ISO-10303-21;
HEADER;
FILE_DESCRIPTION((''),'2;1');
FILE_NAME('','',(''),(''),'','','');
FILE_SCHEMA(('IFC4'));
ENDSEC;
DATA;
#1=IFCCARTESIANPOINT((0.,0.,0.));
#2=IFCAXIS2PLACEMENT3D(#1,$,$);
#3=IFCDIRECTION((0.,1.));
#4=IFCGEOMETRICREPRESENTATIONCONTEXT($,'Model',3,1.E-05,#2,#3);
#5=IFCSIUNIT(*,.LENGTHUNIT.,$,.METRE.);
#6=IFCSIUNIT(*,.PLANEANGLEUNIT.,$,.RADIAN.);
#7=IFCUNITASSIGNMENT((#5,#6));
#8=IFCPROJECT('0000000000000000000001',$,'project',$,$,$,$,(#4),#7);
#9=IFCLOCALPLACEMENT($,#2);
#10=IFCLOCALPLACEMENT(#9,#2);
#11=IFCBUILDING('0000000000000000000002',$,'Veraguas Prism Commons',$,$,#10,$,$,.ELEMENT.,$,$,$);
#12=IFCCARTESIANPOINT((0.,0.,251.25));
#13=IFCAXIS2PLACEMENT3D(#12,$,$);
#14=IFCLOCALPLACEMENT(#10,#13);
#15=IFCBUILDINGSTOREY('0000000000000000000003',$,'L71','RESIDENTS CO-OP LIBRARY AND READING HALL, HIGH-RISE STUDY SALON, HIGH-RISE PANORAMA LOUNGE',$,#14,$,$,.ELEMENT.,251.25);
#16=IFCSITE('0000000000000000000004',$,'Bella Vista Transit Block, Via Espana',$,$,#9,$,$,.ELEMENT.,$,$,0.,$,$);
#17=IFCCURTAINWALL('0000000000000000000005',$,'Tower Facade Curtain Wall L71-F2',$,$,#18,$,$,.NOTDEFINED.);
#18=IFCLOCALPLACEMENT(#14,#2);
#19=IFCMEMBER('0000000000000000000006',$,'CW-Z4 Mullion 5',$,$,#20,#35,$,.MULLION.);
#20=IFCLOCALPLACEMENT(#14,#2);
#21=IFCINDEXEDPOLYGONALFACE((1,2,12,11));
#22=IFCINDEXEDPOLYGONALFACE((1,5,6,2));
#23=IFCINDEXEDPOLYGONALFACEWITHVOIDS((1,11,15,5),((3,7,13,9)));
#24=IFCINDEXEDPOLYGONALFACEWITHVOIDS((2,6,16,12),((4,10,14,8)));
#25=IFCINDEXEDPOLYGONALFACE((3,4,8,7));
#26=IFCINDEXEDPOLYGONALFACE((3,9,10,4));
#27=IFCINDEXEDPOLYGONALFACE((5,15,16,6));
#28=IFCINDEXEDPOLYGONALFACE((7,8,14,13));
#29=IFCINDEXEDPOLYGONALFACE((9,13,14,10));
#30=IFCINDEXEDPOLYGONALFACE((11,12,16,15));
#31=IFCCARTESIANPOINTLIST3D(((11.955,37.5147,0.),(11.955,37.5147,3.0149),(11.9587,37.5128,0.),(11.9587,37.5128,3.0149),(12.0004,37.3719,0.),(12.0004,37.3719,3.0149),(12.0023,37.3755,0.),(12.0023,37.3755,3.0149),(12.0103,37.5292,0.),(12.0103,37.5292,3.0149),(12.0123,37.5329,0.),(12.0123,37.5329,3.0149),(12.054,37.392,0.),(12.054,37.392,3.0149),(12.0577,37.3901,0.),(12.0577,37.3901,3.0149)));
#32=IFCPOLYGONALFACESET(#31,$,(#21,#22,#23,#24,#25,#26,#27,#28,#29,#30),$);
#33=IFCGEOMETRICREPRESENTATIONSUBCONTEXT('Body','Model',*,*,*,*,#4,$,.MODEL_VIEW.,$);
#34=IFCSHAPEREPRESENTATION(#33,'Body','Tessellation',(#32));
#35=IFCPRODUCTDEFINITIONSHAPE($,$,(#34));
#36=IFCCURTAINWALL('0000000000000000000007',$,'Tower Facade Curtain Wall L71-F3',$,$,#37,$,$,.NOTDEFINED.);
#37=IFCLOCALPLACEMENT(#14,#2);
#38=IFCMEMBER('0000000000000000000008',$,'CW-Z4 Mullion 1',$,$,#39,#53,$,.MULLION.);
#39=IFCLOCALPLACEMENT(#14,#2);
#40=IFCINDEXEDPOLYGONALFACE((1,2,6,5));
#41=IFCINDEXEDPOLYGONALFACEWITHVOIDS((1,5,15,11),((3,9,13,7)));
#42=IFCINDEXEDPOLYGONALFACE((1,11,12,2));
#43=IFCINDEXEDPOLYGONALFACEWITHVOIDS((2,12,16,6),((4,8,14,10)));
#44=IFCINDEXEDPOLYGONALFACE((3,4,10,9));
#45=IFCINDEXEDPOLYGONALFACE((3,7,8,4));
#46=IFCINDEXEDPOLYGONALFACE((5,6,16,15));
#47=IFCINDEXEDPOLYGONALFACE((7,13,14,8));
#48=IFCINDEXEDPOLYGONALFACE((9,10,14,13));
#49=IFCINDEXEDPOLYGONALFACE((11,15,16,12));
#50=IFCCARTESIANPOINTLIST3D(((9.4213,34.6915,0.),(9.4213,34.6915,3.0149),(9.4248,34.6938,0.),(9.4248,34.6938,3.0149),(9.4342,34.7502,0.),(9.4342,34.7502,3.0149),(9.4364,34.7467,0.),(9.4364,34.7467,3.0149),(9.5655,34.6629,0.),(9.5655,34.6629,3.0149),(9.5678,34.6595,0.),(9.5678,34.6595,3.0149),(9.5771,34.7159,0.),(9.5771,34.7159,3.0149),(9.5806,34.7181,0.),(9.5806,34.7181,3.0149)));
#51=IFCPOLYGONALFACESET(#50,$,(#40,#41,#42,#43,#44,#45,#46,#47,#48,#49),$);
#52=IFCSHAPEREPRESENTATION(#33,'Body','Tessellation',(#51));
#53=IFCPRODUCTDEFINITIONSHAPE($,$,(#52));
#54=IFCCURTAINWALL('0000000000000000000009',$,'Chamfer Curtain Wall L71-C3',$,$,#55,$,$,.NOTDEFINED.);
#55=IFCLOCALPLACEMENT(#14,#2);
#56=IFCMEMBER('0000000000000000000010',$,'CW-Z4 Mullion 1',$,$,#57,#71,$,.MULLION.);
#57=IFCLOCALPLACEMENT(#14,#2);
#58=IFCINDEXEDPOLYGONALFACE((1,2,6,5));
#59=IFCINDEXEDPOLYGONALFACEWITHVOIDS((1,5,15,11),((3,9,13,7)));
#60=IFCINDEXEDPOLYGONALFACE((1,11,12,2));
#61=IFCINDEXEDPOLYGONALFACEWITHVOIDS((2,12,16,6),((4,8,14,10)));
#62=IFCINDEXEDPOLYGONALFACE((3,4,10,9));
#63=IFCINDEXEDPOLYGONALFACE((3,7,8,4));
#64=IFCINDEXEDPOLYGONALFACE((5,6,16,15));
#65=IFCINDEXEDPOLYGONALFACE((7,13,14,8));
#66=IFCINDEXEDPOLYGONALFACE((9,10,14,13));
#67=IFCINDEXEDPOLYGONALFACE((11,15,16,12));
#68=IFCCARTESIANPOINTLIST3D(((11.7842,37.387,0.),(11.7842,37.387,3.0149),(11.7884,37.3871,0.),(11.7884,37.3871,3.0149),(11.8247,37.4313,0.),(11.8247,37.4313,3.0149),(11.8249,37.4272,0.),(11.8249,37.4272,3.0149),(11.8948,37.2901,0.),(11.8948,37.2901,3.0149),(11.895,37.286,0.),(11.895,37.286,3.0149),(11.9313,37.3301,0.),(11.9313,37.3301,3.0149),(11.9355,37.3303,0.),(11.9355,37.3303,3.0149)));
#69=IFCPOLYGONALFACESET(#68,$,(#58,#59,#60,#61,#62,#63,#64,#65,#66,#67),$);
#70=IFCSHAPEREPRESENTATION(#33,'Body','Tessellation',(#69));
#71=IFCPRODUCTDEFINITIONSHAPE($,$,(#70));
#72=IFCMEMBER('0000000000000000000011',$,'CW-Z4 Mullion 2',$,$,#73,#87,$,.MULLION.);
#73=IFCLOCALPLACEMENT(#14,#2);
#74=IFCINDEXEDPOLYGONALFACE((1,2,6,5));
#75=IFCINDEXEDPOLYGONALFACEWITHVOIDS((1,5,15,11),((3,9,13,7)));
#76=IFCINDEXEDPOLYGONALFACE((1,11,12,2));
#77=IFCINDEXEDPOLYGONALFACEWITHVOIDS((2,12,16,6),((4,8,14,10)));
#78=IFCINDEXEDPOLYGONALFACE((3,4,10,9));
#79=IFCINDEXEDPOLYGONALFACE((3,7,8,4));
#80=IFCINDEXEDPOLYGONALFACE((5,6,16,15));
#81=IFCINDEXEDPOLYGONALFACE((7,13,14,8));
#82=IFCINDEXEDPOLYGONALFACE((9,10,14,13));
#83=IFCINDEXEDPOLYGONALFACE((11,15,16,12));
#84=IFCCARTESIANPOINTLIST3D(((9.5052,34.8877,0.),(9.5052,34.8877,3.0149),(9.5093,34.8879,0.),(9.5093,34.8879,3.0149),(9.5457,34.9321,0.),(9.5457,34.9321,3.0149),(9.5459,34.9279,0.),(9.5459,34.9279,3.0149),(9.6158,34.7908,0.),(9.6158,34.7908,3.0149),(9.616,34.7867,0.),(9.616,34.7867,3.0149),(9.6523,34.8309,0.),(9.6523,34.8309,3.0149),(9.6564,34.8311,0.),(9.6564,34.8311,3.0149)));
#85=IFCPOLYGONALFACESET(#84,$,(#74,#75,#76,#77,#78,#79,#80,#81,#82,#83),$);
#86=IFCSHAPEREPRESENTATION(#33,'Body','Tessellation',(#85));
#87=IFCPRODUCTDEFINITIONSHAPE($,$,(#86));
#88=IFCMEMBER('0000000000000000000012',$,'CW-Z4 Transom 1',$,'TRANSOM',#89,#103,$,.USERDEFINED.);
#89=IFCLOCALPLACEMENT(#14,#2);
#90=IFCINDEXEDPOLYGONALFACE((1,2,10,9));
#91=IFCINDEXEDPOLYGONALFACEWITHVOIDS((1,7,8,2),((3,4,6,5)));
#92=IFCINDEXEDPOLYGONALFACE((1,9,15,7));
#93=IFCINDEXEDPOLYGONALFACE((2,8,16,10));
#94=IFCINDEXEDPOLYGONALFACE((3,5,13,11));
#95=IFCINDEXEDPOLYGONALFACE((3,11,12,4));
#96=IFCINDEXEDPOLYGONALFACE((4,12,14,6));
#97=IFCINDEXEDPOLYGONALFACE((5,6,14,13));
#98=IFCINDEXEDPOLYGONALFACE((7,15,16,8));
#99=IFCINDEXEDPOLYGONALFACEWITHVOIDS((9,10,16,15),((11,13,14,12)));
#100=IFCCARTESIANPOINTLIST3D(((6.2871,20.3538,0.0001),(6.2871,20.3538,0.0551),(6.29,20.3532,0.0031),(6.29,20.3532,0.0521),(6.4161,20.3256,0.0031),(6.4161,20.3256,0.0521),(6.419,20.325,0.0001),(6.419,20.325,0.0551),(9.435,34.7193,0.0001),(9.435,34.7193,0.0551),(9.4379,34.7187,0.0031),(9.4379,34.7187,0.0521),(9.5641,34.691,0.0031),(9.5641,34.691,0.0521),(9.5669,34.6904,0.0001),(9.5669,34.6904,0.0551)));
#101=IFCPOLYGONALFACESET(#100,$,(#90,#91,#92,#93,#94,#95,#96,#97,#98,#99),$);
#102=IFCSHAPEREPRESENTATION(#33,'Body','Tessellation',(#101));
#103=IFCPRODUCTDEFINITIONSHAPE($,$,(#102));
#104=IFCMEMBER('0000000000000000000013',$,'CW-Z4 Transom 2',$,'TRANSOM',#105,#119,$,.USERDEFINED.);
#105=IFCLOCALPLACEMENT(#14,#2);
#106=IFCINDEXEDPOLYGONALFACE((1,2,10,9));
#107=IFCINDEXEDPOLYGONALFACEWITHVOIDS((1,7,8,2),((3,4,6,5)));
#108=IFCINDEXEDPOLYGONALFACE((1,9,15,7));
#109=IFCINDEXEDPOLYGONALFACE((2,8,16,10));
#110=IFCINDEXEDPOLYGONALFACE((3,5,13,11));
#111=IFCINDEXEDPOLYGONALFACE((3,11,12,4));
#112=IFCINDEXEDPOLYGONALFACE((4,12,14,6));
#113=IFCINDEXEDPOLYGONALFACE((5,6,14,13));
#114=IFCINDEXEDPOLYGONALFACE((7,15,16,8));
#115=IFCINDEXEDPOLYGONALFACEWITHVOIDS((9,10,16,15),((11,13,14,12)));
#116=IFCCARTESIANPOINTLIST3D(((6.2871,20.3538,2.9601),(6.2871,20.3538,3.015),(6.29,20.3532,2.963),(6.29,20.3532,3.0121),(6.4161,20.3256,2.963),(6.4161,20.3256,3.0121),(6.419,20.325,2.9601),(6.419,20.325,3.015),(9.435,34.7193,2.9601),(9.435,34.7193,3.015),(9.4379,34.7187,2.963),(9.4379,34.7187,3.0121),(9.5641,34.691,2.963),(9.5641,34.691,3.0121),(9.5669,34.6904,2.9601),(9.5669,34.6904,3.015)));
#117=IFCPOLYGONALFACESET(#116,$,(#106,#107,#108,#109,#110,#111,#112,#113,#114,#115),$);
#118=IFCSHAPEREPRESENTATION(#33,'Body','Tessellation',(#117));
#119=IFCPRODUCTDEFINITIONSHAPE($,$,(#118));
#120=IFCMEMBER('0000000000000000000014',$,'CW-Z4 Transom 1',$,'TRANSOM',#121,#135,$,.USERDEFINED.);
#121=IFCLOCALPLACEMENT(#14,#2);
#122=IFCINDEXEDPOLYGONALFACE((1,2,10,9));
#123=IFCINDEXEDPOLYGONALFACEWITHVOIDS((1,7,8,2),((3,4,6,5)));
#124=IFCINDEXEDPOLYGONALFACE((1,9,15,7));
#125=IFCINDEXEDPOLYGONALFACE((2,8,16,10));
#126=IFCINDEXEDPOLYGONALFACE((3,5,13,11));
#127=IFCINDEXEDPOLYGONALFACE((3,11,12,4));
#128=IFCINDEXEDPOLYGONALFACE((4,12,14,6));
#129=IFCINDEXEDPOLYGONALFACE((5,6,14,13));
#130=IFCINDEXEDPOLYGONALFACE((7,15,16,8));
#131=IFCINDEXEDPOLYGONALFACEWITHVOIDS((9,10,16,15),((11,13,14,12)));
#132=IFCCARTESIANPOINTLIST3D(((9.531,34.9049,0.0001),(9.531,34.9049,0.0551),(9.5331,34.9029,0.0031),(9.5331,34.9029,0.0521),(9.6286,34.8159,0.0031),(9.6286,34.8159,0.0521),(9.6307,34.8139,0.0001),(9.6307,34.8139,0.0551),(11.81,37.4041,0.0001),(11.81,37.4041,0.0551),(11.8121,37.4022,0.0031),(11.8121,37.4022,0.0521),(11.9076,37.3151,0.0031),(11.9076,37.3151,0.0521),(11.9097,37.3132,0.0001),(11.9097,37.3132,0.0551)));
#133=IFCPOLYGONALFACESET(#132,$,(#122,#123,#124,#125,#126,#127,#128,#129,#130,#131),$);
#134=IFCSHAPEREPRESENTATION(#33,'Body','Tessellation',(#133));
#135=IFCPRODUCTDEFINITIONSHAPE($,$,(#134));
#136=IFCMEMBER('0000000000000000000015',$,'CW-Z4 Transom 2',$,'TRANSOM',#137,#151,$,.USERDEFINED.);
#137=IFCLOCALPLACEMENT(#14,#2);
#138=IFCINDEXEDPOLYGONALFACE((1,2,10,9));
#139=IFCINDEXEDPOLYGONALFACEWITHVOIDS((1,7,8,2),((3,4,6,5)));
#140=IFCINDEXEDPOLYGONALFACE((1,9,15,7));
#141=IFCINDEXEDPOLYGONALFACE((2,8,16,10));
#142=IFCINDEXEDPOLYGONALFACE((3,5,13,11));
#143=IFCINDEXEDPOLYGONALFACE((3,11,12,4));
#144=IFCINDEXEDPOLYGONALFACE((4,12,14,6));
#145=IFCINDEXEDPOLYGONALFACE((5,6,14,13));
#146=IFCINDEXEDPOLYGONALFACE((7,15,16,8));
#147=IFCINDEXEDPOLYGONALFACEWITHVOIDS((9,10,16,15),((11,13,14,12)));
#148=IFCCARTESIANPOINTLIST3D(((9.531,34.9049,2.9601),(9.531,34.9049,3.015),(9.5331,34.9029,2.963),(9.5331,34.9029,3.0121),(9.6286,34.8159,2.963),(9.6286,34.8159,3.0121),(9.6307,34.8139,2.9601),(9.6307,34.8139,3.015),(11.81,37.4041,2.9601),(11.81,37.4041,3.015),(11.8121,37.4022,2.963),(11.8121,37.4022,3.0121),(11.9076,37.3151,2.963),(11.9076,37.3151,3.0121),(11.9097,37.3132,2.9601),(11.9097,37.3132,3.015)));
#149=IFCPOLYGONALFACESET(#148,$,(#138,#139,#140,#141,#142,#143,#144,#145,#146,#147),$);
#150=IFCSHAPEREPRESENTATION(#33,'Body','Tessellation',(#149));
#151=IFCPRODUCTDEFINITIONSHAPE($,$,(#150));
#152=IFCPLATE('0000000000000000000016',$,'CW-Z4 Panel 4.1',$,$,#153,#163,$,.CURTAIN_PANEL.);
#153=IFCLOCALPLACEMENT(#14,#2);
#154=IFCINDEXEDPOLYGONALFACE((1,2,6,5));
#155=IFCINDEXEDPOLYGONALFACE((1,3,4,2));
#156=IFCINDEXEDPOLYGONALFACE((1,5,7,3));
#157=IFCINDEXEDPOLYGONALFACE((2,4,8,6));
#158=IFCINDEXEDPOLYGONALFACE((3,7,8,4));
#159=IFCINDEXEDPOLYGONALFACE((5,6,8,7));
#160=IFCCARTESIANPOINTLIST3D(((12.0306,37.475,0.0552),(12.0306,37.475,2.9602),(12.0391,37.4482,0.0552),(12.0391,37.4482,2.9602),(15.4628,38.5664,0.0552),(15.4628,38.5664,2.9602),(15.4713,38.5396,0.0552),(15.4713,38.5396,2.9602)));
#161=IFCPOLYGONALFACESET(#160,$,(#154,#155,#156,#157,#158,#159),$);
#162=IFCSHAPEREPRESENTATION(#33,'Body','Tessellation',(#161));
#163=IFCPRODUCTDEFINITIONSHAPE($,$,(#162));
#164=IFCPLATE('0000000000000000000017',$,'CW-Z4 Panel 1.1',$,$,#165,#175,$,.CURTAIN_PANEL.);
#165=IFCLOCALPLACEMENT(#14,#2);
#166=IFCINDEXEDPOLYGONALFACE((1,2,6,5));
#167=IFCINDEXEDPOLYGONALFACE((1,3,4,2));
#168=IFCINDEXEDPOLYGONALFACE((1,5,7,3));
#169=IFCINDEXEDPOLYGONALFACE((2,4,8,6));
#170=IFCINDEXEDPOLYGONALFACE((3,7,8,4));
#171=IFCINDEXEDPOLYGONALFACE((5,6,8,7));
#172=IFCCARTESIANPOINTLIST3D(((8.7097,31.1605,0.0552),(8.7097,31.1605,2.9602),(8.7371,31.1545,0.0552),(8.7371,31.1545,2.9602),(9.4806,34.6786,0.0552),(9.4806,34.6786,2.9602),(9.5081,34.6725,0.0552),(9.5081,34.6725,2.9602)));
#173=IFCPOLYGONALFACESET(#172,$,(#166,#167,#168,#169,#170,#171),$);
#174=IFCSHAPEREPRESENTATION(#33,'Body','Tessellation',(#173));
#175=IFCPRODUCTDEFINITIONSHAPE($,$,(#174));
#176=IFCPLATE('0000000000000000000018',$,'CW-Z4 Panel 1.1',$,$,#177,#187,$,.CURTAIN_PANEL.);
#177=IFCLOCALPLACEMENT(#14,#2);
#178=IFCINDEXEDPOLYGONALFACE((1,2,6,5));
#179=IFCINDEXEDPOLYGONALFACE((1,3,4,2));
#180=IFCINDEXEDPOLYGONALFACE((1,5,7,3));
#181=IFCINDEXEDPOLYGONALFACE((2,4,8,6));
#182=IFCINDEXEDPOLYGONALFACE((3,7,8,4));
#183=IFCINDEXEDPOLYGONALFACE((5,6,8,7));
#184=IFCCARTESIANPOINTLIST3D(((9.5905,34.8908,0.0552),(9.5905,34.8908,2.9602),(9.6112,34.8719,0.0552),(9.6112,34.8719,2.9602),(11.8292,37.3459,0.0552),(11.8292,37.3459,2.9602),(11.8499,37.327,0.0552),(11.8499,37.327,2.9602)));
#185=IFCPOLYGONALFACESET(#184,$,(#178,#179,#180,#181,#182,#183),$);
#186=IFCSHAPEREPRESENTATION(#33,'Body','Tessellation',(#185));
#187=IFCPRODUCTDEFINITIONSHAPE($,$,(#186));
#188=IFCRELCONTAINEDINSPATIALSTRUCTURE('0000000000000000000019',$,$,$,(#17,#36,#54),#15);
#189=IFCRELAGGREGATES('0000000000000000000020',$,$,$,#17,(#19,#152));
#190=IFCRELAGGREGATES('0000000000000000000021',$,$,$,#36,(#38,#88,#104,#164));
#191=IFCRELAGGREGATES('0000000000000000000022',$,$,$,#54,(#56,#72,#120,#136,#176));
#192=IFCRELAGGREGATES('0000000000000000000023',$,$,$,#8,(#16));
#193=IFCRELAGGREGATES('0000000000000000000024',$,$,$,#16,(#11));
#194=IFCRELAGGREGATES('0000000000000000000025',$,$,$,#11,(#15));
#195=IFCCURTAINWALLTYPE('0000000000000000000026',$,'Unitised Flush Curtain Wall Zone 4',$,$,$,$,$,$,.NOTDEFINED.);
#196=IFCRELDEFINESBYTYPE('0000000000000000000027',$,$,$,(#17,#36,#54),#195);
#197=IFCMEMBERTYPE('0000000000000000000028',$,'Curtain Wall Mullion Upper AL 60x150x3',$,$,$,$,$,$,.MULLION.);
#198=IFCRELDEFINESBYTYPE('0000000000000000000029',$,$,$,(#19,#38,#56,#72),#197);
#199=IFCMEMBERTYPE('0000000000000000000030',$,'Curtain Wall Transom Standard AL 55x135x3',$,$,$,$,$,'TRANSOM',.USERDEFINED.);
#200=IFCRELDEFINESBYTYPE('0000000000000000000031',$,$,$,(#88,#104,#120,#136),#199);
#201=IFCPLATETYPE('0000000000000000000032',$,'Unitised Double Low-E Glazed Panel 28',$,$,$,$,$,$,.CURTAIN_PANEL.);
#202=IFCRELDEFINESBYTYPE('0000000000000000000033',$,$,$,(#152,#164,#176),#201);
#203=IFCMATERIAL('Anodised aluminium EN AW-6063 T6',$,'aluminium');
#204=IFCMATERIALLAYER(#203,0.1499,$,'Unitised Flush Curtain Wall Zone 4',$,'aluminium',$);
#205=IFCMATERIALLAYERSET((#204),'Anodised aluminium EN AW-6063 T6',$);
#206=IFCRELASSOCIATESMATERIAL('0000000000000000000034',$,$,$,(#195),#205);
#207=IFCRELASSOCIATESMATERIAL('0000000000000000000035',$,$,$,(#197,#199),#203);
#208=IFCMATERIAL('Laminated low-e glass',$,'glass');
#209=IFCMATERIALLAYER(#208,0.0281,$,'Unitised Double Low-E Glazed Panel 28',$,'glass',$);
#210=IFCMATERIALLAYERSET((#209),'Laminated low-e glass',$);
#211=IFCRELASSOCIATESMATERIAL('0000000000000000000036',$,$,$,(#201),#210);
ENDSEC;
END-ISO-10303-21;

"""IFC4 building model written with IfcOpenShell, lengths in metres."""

from ifc_helpers import new_model, si_unit, direction, frame, origin, origin_2d, place, context, subcontext, project, spatial, rectangle, hollow_rectangle, extrude, source, transform, mapped, material, layer, layer_set, material_profile, profile_set, type_object, element, aggregate, save


model = new_model("IFC4")

# Units and contexts
model_context = context("Model", 3, precision=1e-05, world=origin(), true_north=direction((0.0, 1.0)))
body_context = subcontext(model_context, "Body", "Model", "MODEL_VIEW")
ifc_project = project(units=[si_unit("LENGTHUNIT", "METRE"), si_unit("PLANEANGLEUNIT", "RADIAN")], contexts=[model_context])

# Site, building, storey
site_placement = place(None, origin())
site = spatial("IfcSite", under=ifc_project, at=site_placement, Name="Bella Vista Transit Block, Via Espana", CompositionType="ELEMENT", RefElevation=0.0)
building_placement = place(site_placement, origin())
building = spatial("IfcBuilding", under=site, at=building_placement, Name="Veraguas Prism Commons", CompositionType="ELEMENT")
storey_placement = place(building_placement, frame((0.0, 0.0, 251.25)))
storey = spatial("IfcBuildingStorey", under=building, at=storey_placement, Name="L71", Description="RESIDENTS CO-OP LIBRARY AND READING HALL, HIGH-RISE STUDY SALON, HIGH-RISE PANORAMA LOUNGE", CompositionType="ELEMENT", Elevation=251.25)

# Curtain walls, members
ifc_material_1 = material(Name="Anodised aluminium EN AW-6063 T6", Category="aluminium")
ifc_layer_1 = layer(ifc_material_1, 0.1499, Name="Unitised Flush Curtain Wall Zone 4", Category="aluminium")
ifc_layer_set_1 = layer_set([ifc_layer_1], Name="Anodised aluminium EN AW-6063 T6")
curtain_wall_type = type_object("IfcCurtainWallType", Name="Unitised Flush Curtain Wall Zone 4", PredefinedType="NOTDEFINED", material=ifc_layer_set_1)
curtain_wall_1_placement = place(storey_placement, origin())
curtain_wall_1 = element("IfcCurtainWall", 1, at=curtain_wall_1_placement, inside=storey, type_object=curtain_wall_type, Name="Tower Facade Curtain Wall L71-F2", PredefinedType="NOTDEFINED")
ifc_material_profile_1 = material_profile(ifc_material_1, hollow_rectangle(XDim=0.0601, YDim=0.1499, WallThickness=0.0029, at=origin_2d()), Name="AL60X150X3")
ifc_profile_set_1 = profile_set([ifc_material_profile_1], Name="Anodised aluminium EN AW-6063 T6")
member_type_1 = type_object("IfcMemberType", Name="Curtain Wall Mullion Upper AL 60x150x3", PredefinedType="MULLION", material=ifc_profile_set_1)
shared_shape_1 = source(origin(), body_context, "Body", "SweptSolid", [
    extrude(hollow_rectangle(XDim=0.0601, YDim=0.1499, WallThickness=0.0029, at=origin_2d()), origin(), (0.0, 0.0, 1.0), 3.0149),
])
member_1_placement = place(storey_placement, frame((12.0063, 37.4524, 0.0), z_axis=(0.0, 0.0, 1.0), x_axis=(-0.95298, -0.303034, 0.0)))
member_1 = element("IfcMember", 2, at=member_1_placement, type_object=member_type_1, Name="CW-Z4 Mullion 5", PredefinedType="MULLION", context=body_context, shape_type="MappedRepresentation", body=[
    mapped(shared_shape_1, transform((0.0, 0.0, 0.0), scale=1.0)),
])
curtain_wall_2_placement = place(storey_placement, origin())
curtain_wall_2 = element("IfcCurtainWall", 3, at=curtain_wall_2_placement, inside=storey, type_object=curtain_wall_type, Name="Tower Facade Curtain Wall L71-F3", PredefinedType="NOTDEFINED")
member_2_placement = place(storey_placement, frame((9.501, 34.7048, 0.0), z_axis=(0.0, 0.0, 1.0), x_axis=(-0.214053, -0.976822, 0.0)))
member_2 = element("IfcMember", 4, at=member_2_placement, type_object=member_type_1, Name="CW-Z4 Mullion 1", PredefinedType="MULLION", context=body_context, shape_type="MappedRepresentation", body=[
    mapped(shared_shape_1, transform((0.0, 0.0, 0.0), scale=1.0)),
])

# Curtain wall, members
curtain_wall_3_placement = place(storey_placement, origin())
curtain_wall_3 = element("IfcCurtainWall", 5, at=curtain_wall_3_placement, inside=storey, type_object=curtain_wall_type, Name="Chamfer Curtain Wall L71-C3", PredefinedType="NOTDEFINED")
member_3_placement = place(storey_placement, frame((11.8599, 37.3586, 0.0), z_axis=(0.0, 0.0, 1.0), x_axis=(-0.673794, -0.738919, 0.0)))
member_3 = element("IfcMember", 6, at=member_3_placement, type_object=member_type_1, Name="CW-Z4 Mullion 1", PredefinedType="MULLION", context=body_context, shape_type="MappedRepresentation", body=[
    mapped(shared_shape_1, transform((0.0, 0.0, 0.0), scale=1.0)),
])
member_4_placement = place(storey_placement, frame((9.5808, 34.8594, 0.0), z_axis=(0.0, 0.0, 1.0), x_axis=(-0.673794, -0.738919, 0.0)))
member_4 = element("IfcMember", 7, at=member_4_placement, type_object=member_type_1, Name="CW-Z4 Mullion 2", PredefinedType="MULLION", context=body_context, shape_type="MappedRepresentation", body=[
    mapped(shared_shape_1, transform((0.0, 0.0, 0.0), scale=1.0)),
])

# Members
ifc_material_profile_2 = material_profile(ifc_material_1, hollow_rectangle(XDim=0.0549, YDim=0.135, WallThickness=0.0029, at=origin_2d()), Name="AL55X135X3")
ifc_profile_set_2 = profile_set([ifc_material_profile_2], Name="Anodised aluminium EN AW-6063 T6")
member_type_2 = type_object("IfcMemberType", Name="Curtain Wall Transom Standard AL 55x135x3", ElementType="TRANSOM", PredefinedType="USERDEFINED", material=ifc_profile_set_2)
shared_shape_2 = source(origin(), body_context, "Body", "SweptSolid", [
    extrude(hollow_rectangle(XDim=0.0549, YDim=0.135, WallThickness=0.0029, at=origin_2d()), origin(), (0.0, 0.0, 1.0), 14.7063),
])
member_5_placement = place(storey_placement, frame((9.501, 34.7048, 0.0276), z_axis=(-0.214054, -0.976822, 0.0), x_axis=(0.0, 0.0, 1.0)))
member_5 = element("IfcMember", 8, at=member_5_placement, type_object=member_type_2, Name="CW-Z4 Transom 1", ObjectType="TRANSOM", PredefinedType="USERDEFINED", context=body_context, shape_type="MappedRepresentation", body=[
    mapped(shared_shape_2, transform((0.0, 0.0, 0.0), scale=1.0)),
])
member_6_placement = place(storey_placement, frame((9.501, 34.7048, 2.9875), z_axis=(-0.214054, -0.976822, 0.0), x_axis=(0.0, 0.0, 1.0)))
member_6 = element("IfcMember", 9, at=member_6_placement, type_object=member_type_2, Name="CW-Z4 Transom 2", ObjectType="TRANSOM", PredefinedType="USERDEFINED", context=body_context, shape_type="MappedRepresentation", body=[
    mapped(shared_shape_2, transform((0.0, 0.0, 0.0), scale=1.0)),
])
shared_shape_3 = source(origin(), body_context, "Body", "SweptSolid", [
    extrude(hollow_rectangle(XDim=0.0549, YDim=0.135, WallThickness=0.0029, at=origin_2d()), origin(), (0.0, 0.0, 1.0), 3.3823),
])
member_7_placement = place(storey_placement, frame((11.8599, 37.3586, 0.0276), z_axis=(-0.673804, -0.73891, 0.0), x_axis=(0.0, 0.0, 1.0)))
member_7 = element("IfcMember", 10, at=member_7_placement, type_object=member_type_2, Name="CW-Z4 Transom 1", ObjectType="TRANSOM", PredefinedType="USERDEFINED", context=body_context, shape_type="MappedRepresentation", body=[
    mapped(shared_shape_3, transform((0.0, 0.0, 0.0), scale=1.0)),
])
member_8_placement = place(storey_placement, frame((11.8599, 37.3586, 2.9875), z_axis=(-0.673804, -0.73891, 0.0), x_axis=(0.0, 0.0, 1.0)))
member_8 = element("IfcMember", 11, at=member_8_placement, type_object=member_type_2, Name="CW-Z4 Transom 2", ObjectType="TRANSOM", PredefinedType="USERDEFINED", context=body_context, shape_type="MappedRepresentation", body=[
    mapped(shared_shape_3, transform((0.0, 0.0, 0.0), scale=1.0)),
])

# Plates
ifc_material_2 = material(Name="Laminated low-e glass", Category="glass")
ifc_layer_2 = layer(ifc_material_2, 0.0281, Name="Unitised Double Low-E Glazed Panel 28", Category="glass")
ifc_layer_set_2 = layer_set([ifc_layer_2], Name="Laminated low-e glass")
plate_type = type_object("IfcPlateType", Name="Unitised Double Low-E Glazed Panel 28", PredefinedType="CURTAIN_PANEL", material=ifc_layer_set_2)
shared_shape_4 = source(origin(), body_context, "Body", "SweptSolid", [
    extrude(rectangle(XDim=3.6016, YDim=0.0281, at=origin_2d()), origin(), (0.0, 0.0, 1.0), 2.905),
])
plate_1_placement = place(storey_placement, frame((13.751, 38.0073, 0.0552), z_axis=(0.0, 0.0, 1.0), x_axis=(-0.95298, -0.303034, 0.0)))
plate_1 = element("IfcPlate", 12, at=plate_1_placement, type_object=plate_type, Name="CW-Z4 Panel 4.1", PredefinedType="CURTAIN_PANEL", context=body_context, shape_type="MappedRepresentation", body=[
    mapped(shared_shape_4, transform((0.0, 0.0, 0.0), scale=1.0)),
])
aggregate(curtain_wall_1, [member_1, plate_1])
plate_2_placement = place(storey_placement, frame((9.1089, 32.9165, 0.0552), z_axis=(0.0, 0.0, 1.0), x_axis=(-0.214053, -0.976822, 0.0)))
plate_2 = element("IfcPlate", 13, at=plate_2_placement, type_object=plate_type, Name="CW-Z4 Panel 1.1", PredefinedType="CURTAIN_PANEL", context=body_context, shape_type="MappedRepresentation", body=[
    mapped(shared_shape_4, transform((0.0, 0.0, 0.0), scale=1.0)),
])
aggregate(curtain_wall_2, [member_2, member_5, member_6, plate_2])
shared_shape_5 = source(origin(), body_context, "Body", "SweptSolid", [
    extrude(rectangle(XDim=3.3225, YDim=0.0281, at=origin_2d()), origin(), (0.0, 0.0, 1.0), 2.905),
])
plate_3_placement = place(storey_placement, frame((10.7202, 36.1089, 0.0552), z_axis=(0.0, 0.0, 1.0), x_axis=(-0.673794, -0.738919, 0.0)))
plate_3 = element("IfcPlate", 14, at=plate_3_placement, type_object=plate_type, Name="CW-Z4 Panel 1.1", PredefinedType="CURTAIN_PANEL", context=body_context, shape_type="MappedRepresentation", body=[
    mapped(shared_shape_5, transform((0.0, 0.0, 0.0), scale=1.0)),
])
aggregate(curtain_wall_3, [member_3, member_4, member_7, member_8, plate_3])

save(model, "model.ifc")
